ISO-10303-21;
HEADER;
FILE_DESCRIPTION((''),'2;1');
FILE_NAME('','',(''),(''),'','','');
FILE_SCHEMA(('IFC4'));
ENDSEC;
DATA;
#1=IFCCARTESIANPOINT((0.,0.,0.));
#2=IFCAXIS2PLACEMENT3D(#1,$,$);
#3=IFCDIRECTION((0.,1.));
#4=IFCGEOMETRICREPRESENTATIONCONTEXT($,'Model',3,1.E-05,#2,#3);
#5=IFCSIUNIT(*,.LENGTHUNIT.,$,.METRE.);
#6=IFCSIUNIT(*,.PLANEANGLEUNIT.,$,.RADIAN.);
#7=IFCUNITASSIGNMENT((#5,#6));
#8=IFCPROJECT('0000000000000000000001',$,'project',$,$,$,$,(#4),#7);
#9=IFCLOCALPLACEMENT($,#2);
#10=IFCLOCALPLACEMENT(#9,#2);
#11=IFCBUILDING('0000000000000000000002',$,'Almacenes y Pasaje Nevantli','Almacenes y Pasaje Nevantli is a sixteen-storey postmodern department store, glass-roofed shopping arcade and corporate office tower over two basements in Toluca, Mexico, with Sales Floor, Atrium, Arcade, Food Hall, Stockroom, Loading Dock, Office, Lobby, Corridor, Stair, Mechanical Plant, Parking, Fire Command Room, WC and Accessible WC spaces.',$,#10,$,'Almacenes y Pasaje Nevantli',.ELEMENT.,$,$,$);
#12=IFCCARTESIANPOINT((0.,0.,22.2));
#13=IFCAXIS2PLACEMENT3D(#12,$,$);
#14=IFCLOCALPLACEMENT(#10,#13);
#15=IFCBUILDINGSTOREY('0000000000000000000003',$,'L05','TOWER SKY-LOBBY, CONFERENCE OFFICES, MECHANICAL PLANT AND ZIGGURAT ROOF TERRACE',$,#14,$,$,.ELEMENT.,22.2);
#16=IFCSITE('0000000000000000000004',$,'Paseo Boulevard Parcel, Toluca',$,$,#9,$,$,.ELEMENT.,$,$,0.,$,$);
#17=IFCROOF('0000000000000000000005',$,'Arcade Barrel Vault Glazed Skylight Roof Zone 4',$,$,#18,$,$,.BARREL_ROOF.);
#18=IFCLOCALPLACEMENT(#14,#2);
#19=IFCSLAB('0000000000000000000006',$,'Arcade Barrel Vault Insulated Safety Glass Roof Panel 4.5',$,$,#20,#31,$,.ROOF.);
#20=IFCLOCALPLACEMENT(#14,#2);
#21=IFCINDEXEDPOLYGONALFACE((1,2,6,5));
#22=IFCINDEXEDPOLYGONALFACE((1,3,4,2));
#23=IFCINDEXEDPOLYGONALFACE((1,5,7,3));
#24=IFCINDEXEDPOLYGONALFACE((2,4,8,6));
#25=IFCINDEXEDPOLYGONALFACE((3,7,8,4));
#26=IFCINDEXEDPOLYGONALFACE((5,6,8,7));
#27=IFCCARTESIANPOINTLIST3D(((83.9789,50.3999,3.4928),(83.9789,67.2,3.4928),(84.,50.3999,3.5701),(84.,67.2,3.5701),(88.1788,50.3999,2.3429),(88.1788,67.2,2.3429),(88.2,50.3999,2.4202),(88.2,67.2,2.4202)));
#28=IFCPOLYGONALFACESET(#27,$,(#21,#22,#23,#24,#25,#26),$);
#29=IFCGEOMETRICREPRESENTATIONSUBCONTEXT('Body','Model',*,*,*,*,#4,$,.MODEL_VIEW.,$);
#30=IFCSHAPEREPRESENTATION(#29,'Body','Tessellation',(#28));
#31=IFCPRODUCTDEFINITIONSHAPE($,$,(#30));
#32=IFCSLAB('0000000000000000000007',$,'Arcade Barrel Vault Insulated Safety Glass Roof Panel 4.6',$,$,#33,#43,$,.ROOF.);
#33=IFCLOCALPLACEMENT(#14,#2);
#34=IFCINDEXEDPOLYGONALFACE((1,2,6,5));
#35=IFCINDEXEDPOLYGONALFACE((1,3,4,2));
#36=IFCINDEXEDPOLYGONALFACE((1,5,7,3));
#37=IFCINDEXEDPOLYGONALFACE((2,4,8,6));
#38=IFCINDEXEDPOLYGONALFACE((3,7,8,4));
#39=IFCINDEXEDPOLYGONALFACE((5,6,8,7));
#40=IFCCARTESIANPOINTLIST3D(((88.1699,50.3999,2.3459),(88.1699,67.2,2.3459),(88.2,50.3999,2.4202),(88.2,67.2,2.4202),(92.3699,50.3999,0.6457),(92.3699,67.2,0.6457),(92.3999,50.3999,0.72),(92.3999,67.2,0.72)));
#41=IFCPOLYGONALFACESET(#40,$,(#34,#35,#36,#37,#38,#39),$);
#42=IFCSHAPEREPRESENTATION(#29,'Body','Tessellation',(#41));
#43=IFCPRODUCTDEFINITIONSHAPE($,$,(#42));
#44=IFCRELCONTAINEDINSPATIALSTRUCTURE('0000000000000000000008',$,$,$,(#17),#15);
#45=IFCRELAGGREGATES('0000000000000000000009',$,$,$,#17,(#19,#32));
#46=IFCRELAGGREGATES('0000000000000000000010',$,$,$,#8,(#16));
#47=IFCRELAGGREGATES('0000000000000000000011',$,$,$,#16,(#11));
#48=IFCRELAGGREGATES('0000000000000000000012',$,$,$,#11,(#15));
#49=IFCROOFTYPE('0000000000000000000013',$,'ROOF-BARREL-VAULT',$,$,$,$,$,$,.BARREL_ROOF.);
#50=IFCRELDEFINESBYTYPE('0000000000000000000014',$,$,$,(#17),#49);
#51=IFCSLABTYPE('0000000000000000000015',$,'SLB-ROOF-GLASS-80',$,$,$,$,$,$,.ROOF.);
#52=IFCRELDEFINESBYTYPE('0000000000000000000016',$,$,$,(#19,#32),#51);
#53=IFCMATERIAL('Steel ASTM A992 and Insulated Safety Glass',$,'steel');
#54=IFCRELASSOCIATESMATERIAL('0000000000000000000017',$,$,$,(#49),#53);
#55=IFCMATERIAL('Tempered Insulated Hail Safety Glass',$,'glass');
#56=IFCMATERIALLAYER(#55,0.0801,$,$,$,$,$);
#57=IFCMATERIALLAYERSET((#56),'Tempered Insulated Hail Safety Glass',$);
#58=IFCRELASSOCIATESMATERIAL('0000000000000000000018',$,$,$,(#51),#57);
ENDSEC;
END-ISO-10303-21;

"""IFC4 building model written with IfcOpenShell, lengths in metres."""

from ifc_helpers import new_model, si_unit, direction, frame, origin, place, context, subcontext, project, spatial, polyline, outline, extrude, material, layer, layer_set, type_object, element, aggregate, save


model = new_model("IFC4")

# Units and contexts
model_context = context("Model", 3, precision=1e-05, world=origin(), true_north=direction((0.0, 1.0)))
body_context = subcontext(model_context, "Body", "Model", "MODEL_VIEW")
ifc_project = project(units=[si_unit("LENGTHUNIT", "METRE"), si_unit("PLANEANGLEUNIT", "RADIAN")], contexts=[model_context])

# Site, building, storey
site_placement = place(None, origin())
site = spatial("IfcSite", under=ifc_project, at=site_placement, Name="Paseo Boulevard Parcel, Toluca", CompositionType="ELEMENT", RefElevation=0.0)
building_placement = place(site_placement, origin())
building = spatial("IfcBuilding", under=site, at=building_placement, Name="Almacenes y Pasaje Nevantli", Description="Almacenes y Pasaje Nevantli is a sixteen-storey postmodern department store, glass-roofed shopping arcade and corporate office tower over two basements in Toluca, Mexico, with Sales Floor, Atrium, Arcade, Food Hall, Stockroom, Loading Dock, Office, Lobby, Corridor, Stair, Mechanical Plant, Parking, Fire Command Room, WC and Accessible WC spaces.", LongName="Almacenes y Pasaje Nevantli", CompositionType="ELEMENT")
storey_placement = place(building_placement, frame((0.0, 0.0, 22.2)))
storey = spatial("IfcBuildingStorey", under=building, at=storey_placement, Name="L05", Description="TOWER SKY-LOBBY, CONFERENCE OFFICES, MECHANICAL PLANT AND ZIGGURAT ROOF TERRACE", CompositionType="ELEMENT", Elevation=22.2)

# Roof, slabs
ifc_material_1 = material(Name="Steel ASTM A992 and Insulated Safety Glass", Category="steel")
roof_type = type_object("IfcRoofType", Name="ROOF-BARREL-VAULT", PredefinedType="BARREL_ROOF", material=ifc_material_1)
roof_placement = place(storey_placement, origin())
roof = element("IfcRoof", 1, at=roof_placement, inside=storey, type_object=roof_type, Name="Arcade Barrel Vault Glazed Skylight Roof Zone 4", PredefinedType="BARREL_ROOF")
ifc_material_2 = material(Name="Tempered Insulated Hail Safety Glass", Category="glass")
ifc_layer = layer(ifc_material_2, 0.0801)
ifc_layer_set = layer_set([ifc_layer], Name="Tempered Insulated Hail Safety Glass")
slab_type = type_object("IfcSlabType", Name="SLB-ROOF-GLASS-80", PredefinedType="ROOF", material=ifc_layer_set)
slab_1_placement = place(storey_placement, frame((84.0, 50.3999, 3.5701), z_axis=(0.264071, 0.0, 0.964503), x_axis=(0.964503, 0.0, -0.264071)))
slab_1 = element("IfcSlab", 2, at=slab_1_placement, type_object=slab_type, Name="Arcade Barrel Vault Insulated Safety Glass Roof Panel 4.5", PredefinedType="ROOF", context=body_context, shape_type="SweptSolid", body=[
    extrude(outline(polyline([(0.0, 0.0), (4.3545, 0.0), (4.3545, 16.8), (0.0, 16.8), (0.0, 0.0)])), origin(), (0.0, 0.0, -1.0), 0.0801),
])
slab_2_placement = place(storey_placement, frame((88.2, 50.3999, 2.4202), z_axis=(0.375234, 0.0, 0.92693), x_axis=(0.92693, 0.0, -0.375234)))
slab_2 = element("IfcSlab", 3, at=slab_2_placement, type_object=slab_type, Name="Arcade Barrel Vault Insulated Safety Glass Roof Panel 4.6", PredefinedType="ROOF", context=body_context, shape_type="SweptSolid", body=[
    extrude(outline(polyline([(0.0, 0.0), (4.531, 0.0), (4.531, 16.8), (0.0, 16.8), (0.0, 0.0)])), origin(), (0.0, 0.0, -1.0), 0.0801),
])
aggregate(roof, [slab_1, slab_2])

save(model, "model.ifc")
